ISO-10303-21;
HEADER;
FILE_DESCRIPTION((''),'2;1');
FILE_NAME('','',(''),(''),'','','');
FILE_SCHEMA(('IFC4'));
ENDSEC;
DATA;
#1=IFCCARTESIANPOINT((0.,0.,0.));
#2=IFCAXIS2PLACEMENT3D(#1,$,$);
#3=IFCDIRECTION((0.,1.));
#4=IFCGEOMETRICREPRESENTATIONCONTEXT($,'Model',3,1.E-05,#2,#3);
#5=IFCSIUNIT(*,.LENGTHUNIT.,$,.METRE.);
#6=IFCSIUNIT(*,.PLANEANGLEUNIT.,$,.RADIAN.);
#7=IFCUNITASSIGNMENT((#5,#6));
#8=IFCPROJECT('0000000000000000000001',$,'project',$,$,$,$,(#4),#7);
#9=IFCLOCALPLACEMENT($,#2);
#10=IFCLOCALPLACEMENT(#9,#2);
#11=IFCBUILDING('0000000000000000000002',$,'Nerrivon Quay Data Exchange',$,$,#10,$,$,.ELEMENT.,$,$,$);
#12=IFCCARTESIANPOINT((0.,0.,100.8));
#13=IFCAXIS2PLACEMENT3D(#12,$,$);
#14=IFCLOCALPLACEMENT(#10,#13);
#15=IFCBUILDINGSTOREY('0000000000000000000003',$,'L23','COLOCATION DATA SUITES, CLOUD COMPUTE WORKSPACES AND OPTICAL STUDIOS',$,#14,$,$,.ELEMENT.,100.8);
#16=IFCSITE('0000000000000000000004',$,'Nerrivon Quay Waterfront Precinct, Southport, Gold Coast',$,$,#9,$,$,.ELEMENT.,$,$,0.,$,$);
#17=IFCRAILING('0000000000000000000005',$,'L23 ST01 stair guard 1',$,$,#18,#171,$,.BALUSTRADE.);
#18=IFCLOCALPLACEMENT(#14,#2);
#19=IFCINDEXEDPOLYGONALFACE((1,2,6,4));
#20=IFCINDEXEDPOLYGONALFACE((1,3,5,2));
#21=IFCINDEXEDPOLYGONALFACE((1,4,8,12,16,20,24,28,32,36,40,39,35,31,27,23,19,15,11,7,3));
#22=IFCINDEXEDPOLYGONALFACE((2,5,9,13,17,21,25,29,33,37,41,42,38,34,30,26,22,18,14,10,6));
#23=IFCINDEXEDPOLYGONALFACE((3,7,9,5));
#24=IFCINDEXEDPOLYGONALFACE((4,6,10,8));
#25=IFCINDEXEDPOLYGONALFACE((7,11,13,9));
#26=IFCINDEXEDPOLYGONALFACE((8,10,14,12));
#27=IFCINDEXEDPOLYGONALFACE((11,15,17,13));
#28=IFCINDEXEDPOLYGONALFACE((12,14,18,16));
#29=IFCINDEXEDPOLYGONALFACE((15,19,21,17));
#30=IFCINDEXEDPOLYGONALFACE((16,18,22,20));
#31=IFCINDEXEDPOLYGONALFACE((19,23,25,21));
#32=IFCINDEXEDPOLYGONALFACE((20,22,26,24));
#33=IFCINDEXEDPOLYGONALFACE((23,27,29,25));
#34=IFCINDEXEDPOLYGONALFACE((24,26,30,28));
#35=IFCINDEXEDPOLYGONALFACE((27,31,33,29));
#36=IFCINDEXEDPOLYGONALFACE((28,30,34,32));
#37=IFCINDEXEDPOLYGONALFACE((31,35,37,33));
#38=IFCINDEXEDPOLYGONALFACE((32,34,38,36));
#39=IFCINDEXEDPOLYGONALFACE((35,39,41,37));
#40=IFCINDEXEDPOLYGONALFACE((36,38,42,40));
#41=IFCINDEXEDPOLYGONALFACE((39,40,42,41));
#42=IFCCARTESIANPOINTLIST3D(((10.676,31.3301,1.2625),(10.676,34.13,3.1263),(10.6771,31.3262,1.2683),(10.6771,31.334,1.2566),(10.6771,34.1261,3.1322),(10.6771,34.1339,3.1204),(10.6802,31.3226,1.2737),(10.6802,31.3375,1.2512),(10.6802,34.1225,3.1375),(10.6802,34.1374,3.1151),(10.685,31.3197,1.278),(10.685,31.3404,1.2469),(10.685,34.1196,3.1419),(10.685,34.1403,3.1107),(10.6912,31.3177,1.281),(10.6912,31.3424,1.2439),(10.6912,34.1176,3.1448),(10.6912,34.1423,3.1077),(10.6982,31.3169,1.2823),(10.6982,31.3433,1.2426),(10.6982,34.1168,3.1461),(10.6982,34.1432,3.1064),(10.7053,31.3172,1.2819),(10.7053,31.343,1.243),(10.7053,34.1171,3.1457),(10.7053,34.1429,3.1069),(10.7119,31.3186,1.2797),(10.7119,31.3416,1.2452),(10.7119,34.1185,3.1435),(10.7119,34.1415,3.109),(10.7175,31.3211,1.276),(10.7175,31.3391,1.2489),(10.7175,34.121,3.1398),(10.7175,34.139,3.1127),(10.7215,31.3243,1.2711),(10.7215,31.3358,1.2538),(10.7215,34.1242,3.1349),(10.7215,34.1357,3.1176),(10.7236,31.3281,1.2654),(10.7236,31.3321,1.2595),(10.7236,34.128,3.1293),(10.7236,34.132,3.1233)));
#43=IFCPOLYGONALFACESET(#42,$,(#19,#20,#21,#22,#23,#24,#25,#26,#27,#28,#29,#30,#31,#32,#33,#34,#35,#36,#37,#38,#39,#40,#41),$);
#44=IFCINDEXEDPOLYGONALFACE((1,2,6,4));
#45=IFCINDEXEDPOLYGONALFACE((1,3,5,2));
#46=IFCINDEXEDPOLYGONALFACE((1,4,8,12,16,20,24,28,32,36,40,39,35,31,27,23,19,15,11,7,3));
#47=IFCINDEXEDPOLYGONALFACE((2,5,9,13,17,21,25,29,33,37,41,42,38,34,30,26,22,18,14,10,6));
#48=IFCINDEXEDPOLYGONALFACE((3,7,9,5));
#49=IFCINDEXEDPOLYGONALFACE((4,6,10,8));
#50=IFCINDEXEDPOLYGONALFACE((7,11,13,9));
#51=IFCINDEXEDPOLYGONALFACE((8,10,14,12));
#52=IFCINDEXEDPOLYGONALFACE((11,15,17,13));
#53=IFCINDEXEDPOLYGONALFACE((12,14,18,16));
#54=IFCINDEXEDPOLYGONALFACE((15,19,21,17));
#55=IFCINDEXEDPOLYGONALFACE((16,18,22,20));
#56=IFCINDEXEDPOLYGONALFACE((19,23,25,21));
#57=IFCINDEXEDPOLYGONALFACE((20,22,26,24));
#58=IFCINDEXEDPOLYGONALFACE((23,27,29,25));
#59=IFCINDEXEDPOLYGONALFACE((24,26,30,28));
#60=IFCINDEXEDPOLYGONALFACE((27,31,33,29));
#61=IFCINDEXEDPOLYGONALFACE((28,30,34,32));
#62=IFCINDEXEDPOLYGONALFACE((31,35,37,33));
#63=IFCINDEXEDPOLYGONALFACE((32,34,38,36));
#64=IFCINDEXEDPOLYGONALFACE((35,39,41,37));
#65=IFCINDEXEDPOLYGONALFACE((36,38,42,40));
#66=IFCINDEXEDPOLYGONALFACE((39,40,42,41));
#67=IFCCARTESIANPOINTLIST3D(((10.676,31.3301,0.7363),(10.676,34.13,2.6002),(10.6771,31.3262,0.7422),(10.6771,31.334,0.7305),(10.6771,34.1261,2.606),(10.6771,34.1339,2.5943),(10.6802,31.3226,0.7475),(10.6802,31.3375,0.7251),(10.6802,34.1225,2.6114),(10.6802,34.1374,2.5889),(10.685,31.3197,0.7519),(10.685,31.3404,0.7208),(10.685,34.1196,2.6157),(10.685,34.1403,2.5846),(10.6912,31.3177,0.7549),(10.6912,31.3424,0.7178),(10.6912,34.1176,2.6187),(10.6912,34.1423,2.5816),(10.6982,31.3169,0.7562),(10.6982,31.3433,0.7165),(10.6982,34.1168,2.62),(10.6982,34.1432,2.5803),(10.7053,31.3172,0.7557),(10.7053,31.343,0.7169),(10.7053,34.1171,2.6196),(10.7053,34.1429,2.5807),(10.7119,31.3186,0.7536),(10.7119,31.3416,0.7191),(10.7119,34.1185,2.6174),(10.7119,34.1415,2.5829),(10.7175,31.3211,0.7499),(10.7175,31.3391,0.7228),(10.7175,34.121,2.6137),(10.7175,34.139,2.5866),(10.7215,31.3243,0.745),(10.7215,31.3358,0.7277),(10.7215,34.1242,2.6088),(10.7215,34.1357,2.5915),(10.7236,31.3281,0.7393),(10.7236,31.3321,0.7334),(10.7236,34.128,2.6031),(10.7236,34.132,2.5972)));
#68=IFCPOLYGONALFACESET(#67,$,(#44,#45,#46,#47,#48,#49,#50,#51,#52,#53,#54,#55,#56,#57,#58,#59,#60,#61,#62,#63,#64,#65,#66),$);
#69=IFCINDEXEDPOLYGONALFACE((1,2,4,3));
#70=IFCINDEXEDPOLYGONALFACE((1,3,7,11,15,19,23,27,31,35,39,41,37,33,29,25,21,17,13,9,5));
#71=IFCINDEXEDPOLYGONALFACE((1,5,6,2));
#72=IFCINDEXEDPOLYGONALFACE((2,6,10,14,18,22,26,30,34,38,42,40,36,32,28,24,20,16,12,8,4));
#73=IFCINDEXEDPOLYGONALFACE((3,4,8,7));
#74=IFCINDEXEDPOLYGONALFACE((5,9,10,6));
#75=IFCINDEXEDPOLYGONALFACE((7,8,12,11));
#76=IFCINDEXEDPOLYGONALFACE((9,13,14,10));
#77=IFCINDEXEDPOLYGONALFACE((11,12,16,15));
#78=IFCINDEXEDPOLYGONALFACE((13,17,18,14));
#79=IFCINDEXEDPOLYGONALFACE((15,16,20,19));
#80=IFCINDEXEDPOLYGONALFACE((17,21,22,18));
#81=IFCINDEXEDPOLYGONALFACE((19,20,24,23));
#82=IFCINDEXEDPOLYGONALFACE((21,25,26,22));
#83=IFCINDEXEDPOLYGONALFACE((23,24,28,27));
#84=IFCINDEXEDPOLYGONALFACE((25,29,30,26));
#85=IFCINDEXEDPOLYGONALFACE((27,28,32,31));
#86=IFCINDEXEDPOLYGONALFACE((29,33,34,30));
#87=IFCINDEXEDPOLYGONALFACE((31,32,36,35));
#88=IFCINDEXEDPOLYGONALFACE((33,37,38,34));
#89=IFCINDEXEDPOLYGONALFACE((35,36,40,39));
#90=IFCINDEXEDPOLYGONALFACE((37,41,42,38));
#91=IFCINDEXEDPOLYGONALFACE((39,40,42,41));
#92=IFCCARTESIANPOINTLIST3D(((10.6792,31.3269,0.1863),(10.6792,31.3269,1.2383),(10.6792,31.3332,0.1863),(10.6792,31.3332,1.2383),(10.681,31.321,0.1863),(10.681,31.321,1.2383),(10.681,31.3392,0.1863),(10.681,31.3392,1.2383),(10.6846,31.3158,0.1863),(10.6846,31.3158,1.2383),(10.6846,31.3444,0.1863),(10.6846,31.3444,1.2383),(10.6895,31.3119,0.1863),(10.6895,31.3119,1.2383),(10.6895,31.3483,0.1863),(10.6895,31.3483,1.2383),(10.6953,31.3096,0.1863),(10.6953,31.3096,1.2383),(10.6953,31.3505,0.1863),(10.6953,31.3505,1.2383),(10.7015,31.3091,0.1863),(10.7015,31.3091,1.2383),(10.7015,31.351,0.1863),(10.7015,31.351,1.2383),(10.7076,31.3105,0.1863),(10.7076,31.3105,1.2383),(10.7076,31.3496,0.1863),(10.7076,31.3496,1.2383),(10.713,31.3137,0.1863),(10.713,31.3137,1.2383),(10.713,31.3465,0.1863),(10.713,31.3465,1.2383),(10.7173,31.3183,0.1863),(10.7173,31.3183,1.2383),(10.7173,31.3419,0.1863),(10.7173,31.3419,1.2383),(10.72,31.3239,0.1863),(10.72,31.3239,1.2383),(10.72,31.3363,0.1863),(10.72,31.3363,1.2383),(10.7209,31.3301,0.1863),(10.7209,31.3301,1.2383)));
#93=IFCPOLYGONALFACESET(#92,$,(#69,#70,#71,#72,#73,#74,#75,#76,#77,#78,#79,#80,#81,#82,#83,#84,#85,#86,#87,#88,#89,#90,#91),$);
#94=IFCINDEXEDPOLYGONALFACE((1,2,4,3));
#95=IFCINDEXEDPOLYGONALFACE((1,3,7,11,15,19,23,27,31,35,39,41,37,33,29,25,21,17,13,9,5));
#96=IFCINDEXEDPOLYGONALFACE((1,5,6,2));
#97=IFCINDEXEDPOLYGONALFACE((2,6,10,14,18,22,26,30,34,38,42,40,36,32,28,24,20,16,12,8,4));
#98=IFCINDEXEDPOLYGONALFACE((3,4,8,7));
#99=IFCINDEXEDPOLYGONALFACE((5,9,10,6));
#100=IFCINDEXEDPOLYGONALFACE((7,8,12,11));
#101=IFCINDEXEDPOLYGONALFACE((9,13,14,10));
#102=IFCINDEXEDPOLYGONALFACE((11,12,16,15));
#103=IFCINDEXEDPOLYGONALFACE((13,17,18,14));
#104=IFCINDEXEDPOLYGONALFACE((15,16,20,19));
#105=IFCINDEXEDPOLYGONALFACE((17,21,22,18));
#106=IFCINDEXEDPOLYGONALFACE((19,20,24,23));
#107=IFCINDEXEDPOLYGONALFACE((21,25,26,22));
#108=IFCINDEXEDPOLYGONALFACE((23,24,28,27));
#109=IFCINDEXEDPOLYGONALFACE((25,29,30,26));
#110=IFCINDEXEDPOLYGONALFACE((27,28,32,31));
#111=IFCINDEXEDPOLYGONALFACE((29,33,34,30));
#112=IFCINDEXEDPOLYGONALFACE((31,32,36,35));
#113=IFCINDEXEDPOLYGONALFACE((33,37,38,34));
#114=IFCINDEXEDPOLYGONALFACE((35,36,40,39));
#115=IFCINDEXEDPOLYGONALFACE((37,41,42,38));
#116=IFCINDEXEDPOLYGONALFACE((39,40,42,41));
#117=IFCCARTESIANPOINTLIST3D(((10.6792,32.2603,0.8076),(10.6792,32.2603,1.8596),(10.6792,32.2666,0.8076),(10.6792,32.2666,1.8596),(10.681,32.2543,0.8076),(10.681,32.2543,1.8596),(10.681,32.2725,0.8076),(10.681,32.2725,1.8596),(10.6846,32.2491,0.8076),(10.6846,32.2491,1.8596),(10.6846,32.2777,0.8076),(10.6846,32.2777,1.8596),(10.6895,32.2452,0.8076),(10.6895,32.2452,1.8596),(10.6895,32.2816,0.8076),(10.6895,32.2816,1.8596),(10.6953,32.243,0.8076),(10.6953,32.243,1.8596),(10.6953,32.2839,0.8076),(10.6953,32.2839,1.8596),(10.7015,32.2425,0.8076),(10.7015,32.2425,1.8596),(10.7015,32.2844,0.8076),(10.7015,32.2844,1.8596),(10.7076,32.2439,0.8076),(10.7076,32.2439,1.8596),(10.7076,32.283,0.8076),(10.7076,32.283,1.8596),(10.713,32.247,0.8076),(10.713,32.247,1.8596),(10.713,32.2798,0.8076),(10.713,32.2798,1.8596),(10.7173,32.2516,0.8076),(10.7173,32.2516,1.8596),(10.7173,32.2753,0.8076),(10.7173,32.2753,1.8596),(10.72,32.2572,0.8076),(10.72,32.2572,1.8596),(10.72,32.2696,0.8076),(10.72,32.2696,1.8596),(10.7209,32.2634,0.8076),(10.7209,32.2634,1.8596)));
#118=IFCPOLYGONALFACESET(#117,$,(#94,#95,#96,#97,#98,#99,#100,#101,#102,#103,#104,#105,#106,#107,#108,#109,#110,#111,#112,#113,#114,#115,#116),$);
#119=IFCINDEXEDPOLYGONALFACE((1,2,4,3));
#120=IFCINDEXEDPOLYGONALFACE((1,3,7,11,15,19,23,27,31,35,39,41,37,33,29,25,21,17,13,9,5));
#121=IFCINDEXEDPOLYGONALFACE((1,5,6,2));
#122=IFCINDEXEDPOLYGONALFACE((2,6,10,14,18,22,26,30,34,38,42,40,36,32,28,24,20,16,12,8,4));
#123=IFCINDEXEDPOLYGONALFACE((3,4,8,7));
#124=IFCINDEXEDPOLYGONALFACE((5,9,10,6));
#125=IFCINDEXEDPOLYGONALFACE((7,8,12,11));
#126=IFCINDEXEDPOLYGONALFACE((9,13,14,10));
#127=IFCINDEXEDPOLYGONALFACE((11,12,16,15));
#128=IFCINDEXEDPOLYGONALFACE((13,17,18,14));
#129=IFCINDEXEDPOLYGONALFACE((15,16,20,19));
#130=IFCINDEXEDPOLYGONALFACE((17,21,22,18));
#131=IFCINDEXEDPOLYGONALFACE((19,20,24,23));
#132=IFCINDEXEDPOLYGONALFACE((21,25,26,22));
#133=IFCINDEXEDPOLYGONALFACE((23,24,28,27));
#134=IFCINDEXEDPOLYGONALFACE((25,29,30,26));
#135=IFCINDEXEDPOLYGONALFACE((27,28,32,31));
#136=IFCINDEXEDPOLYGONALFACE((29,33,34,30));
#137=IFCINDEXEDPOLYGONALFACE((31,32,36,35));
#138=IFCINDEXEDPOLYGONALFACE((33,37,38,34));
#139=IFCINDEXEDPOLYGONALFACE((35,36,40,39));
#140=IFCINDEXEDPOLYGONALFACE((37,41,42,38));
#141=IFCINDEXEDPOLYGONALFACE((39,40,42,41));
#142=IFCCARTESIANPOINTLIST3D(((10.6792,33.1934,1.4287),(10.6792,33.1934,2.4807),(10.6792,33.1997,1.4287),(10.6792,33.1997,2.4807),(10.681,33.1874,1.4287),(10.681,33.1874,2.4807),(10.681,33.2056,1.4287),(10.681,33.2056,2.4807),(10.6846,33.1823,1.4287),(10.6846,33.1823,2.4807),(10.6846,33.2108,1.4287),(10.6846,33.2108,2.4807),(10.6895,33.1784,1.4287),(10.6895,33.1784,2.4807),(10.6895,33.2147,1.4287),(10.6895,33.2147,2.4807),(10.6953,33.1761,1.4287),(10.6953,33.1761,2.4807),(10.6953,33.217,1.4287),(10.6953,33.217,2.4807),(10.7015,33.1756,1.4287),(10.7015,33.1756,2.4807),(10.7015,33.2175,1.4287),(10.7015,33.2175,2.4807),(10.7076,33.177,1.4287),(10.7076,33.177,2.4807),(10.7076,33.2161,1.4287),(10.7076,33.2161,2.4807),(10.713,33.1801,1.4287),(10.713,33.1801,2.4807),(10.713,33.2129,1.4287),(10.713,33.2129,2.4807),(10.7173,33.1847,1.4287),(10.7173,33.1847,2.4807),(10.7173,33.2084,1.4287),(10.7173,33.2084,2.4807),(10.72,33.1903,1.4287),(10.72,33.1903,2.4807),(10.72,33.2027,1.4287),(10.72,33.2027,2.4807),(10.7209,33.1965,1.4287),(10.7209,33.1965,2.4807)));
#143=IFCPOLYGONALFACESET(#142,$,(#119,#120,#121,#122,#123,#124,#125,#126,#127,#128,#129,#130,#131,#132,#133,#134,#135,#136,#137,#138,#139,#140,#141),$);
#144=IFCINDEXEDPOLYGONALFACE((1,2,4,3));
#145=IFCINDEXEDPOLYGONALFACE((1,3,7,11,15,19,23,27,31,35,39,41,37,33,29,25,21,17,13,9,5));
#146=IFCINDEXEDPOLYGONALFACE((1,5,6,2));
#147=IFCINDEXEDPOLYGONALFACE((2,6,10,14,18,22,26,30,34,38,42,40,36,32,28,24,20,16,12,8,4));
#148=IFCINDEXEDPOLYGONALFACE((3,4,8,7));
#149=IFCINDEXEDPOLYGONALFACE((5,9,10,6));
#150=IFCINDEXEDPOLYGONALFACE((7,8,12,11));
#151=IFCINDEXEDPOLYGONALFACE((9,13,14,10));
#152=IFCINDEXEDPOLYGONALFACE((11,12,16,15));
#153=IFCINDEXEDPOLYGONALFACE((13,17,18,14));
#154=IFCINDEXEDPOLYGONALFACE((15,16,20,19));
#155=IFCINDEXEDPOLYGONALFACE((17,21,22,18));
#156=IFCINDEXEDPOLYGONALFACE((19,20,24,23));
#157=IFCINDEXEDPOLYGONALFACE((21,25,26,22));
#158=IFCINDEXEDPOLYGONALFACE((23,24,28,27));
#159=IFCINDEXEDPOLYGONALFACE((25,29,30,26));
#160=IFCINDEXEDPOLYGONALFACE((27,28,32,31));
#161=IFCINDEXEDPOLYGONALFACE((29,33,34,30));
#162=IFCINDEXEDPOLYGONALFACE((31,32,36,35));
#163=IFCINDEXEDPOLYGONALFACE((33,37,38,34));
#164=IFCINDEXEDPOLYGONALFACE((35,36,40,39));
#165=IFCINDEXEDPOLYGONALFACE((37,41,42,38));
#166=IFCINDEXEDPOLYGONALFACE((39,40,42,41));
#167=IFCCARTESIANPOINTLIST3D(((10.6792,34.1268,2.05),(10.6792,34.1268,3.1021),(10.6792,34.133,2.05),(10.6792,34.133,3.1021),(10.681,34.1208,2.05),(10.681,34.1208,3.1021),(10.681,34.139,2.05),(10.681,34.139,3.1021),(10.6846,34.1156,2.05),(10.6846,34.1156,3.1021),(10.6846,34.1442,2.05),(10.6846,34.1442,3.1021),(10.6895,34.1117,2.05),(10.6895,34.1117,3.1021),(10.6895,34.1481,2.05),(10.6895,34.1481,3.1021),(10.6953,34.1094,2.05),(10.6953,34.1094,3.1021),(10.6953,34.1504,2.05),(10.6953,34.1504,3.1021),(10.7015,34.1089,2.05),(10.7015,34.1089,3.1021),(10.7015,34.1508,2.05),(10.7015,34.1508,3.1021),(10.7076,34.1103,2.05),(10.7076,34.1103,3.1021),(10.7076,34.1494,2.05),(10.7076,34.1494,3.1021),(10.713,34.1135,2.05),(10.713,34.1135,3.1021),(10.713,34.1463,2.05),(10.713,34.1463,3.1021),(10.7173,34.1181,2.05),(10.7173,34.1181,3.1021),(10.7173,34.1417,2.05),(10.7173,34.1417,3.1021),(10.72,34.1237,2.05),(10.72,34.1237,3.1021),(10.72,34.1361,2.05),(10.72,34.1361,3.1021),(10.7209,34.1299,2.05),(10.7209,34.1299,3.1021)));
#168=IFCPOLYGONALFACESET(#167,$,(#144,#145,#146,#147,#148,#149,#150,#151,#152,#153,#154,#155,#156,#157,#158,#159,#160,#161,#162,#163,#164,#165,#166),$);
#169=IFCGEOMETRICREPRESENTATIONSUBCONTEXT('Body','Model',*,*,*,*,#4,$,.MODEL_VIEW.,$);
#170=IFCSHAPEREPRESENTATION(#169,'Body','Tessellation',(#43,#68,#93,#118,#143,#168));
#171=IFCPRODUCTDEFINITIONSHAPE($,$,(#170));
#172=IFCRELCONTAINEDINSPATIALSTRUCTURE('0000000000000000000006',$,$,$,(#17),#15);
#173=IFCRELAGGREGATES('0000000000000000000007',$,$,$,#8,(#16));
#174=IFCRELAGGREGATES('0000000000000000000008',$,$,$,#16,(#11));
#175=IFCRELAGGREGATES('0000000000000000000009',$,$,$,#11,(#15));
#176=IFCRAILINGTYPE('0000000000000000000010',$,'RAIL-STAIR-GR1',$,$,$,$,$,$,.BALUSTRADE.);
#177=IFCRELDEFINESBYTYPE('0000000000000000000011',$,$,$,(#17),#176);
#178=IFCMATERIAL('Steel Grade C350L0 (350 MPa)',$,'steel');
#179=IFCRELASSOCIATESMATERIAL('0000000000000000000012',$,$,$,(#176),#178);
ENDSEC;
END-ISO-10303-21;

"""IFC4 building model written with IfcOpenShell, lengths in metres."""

from ifc_helpers import new_model, si_unit, direction, frame, origin, origin_2d, place, context, subcontext, project, spatial, circle, extrude, material, type_object, element, save


model = new_model("IFC4")

# Units and contexts
model_context = context("Model", 3, precision=1e-05, world=origin(), true_north=direction((0.0, 1.0)))
body_context = subcontext(model_context, "Body", "Model", "MODEL_VIEW")
ifc_project = project(units=[si_unit("LENGTHUNIT", "METRE"), si_unit("PLANEANGLEUNIT", "RADIAN")], contexts=[model_context])

# Site, building, storey
site_placement = place(None, origin())
site = spatial("IfcSite", under=ifc_project, at=site_placement, Name="Nerrivon Quay Waterfront Precinct, Southport, Gold Coast", CompositionType="ELEMENT", RefElevation=0.0)
building_placement = place(site_placement, origin())
building = spatial("IfcBuilding", under=site, at=building_placement, Name="Nerrivon Quay Data Exchange", CompositionType="ELEMENT")
storey_placement = place(building_placement, frame((0.0, 0.0, 100.8)))
storey = spatial("IfcBuildingStorey", under=building, at=storey_placement, Name="L23", Description="COLOCATION DATA SUITES, CLOUD COMPUTE WORKSPACES AND OPTICAL STUDIOS", CompositionType="ELEMENT", Elevation=100.8)

# Railing
ifc_material_1 = material(Name="Steel Grade C350L0 (350 MPa)", Category="steel")
railing_type_1 = type_object("IfcRailingType", Name="RAIL-STAIR-GR1", PredefinedType="BALUSTRADE", material=ifc_material_1)
railing_1_placement = place(storey_placement, frame((10.7, 31.3301, 0.1863)))
element("IfcRailing", 1, at=railing_1_placement, inside=storey, type_object=railing_type_1, Name="L23 ST01 stair guard 1", PredefinedType="BALUSTRADE", context=body_context, shape_type="SweptSolid", body=[
    extrude(circle(Radius=0.0239, at=origin_2d()), frame((0.0, 0.0, 1.0762), z_axis=(0.0, 0.83243, 0.554131), x_axis=(-1.0, 0.0, 0.0)), (0.0, 0.0, 1.0), 3.3635),
    extrude(circle(Radius=0.0239, at=origin_2d()), frame((0.0, 0.0, 0.55), z_axis=(0.0, 0.83243, 0.554131), x_axis=(-1.0, 0.0, 0.0)), (0.0, 0.0, 1.0), 3.3635),
    extrude(circle(Radius=0.021, at=origin_2d()), origin(), (0.0, 0.0, 1.0), 1.052),
    extrude(circle(Radius=0.021, at=origin_2d()), frame((0.0, 0.9333, 0.6213)), (0.0, 0.0, 1.0), 1.052),
    extrude(circle(Radius=0.021, at=origin_2d()), frame((0.0, 1.8665, 1.2424)), (0.0, 0.0, 1.0), 1.052),
    extrude(circle(Radius=0.021, at=origin_2d()), frame((0.0, 2.7998, 1.8638)), (0.0, 0.0, 1.0), 1.052),
])

save(model, "model.ifc")
